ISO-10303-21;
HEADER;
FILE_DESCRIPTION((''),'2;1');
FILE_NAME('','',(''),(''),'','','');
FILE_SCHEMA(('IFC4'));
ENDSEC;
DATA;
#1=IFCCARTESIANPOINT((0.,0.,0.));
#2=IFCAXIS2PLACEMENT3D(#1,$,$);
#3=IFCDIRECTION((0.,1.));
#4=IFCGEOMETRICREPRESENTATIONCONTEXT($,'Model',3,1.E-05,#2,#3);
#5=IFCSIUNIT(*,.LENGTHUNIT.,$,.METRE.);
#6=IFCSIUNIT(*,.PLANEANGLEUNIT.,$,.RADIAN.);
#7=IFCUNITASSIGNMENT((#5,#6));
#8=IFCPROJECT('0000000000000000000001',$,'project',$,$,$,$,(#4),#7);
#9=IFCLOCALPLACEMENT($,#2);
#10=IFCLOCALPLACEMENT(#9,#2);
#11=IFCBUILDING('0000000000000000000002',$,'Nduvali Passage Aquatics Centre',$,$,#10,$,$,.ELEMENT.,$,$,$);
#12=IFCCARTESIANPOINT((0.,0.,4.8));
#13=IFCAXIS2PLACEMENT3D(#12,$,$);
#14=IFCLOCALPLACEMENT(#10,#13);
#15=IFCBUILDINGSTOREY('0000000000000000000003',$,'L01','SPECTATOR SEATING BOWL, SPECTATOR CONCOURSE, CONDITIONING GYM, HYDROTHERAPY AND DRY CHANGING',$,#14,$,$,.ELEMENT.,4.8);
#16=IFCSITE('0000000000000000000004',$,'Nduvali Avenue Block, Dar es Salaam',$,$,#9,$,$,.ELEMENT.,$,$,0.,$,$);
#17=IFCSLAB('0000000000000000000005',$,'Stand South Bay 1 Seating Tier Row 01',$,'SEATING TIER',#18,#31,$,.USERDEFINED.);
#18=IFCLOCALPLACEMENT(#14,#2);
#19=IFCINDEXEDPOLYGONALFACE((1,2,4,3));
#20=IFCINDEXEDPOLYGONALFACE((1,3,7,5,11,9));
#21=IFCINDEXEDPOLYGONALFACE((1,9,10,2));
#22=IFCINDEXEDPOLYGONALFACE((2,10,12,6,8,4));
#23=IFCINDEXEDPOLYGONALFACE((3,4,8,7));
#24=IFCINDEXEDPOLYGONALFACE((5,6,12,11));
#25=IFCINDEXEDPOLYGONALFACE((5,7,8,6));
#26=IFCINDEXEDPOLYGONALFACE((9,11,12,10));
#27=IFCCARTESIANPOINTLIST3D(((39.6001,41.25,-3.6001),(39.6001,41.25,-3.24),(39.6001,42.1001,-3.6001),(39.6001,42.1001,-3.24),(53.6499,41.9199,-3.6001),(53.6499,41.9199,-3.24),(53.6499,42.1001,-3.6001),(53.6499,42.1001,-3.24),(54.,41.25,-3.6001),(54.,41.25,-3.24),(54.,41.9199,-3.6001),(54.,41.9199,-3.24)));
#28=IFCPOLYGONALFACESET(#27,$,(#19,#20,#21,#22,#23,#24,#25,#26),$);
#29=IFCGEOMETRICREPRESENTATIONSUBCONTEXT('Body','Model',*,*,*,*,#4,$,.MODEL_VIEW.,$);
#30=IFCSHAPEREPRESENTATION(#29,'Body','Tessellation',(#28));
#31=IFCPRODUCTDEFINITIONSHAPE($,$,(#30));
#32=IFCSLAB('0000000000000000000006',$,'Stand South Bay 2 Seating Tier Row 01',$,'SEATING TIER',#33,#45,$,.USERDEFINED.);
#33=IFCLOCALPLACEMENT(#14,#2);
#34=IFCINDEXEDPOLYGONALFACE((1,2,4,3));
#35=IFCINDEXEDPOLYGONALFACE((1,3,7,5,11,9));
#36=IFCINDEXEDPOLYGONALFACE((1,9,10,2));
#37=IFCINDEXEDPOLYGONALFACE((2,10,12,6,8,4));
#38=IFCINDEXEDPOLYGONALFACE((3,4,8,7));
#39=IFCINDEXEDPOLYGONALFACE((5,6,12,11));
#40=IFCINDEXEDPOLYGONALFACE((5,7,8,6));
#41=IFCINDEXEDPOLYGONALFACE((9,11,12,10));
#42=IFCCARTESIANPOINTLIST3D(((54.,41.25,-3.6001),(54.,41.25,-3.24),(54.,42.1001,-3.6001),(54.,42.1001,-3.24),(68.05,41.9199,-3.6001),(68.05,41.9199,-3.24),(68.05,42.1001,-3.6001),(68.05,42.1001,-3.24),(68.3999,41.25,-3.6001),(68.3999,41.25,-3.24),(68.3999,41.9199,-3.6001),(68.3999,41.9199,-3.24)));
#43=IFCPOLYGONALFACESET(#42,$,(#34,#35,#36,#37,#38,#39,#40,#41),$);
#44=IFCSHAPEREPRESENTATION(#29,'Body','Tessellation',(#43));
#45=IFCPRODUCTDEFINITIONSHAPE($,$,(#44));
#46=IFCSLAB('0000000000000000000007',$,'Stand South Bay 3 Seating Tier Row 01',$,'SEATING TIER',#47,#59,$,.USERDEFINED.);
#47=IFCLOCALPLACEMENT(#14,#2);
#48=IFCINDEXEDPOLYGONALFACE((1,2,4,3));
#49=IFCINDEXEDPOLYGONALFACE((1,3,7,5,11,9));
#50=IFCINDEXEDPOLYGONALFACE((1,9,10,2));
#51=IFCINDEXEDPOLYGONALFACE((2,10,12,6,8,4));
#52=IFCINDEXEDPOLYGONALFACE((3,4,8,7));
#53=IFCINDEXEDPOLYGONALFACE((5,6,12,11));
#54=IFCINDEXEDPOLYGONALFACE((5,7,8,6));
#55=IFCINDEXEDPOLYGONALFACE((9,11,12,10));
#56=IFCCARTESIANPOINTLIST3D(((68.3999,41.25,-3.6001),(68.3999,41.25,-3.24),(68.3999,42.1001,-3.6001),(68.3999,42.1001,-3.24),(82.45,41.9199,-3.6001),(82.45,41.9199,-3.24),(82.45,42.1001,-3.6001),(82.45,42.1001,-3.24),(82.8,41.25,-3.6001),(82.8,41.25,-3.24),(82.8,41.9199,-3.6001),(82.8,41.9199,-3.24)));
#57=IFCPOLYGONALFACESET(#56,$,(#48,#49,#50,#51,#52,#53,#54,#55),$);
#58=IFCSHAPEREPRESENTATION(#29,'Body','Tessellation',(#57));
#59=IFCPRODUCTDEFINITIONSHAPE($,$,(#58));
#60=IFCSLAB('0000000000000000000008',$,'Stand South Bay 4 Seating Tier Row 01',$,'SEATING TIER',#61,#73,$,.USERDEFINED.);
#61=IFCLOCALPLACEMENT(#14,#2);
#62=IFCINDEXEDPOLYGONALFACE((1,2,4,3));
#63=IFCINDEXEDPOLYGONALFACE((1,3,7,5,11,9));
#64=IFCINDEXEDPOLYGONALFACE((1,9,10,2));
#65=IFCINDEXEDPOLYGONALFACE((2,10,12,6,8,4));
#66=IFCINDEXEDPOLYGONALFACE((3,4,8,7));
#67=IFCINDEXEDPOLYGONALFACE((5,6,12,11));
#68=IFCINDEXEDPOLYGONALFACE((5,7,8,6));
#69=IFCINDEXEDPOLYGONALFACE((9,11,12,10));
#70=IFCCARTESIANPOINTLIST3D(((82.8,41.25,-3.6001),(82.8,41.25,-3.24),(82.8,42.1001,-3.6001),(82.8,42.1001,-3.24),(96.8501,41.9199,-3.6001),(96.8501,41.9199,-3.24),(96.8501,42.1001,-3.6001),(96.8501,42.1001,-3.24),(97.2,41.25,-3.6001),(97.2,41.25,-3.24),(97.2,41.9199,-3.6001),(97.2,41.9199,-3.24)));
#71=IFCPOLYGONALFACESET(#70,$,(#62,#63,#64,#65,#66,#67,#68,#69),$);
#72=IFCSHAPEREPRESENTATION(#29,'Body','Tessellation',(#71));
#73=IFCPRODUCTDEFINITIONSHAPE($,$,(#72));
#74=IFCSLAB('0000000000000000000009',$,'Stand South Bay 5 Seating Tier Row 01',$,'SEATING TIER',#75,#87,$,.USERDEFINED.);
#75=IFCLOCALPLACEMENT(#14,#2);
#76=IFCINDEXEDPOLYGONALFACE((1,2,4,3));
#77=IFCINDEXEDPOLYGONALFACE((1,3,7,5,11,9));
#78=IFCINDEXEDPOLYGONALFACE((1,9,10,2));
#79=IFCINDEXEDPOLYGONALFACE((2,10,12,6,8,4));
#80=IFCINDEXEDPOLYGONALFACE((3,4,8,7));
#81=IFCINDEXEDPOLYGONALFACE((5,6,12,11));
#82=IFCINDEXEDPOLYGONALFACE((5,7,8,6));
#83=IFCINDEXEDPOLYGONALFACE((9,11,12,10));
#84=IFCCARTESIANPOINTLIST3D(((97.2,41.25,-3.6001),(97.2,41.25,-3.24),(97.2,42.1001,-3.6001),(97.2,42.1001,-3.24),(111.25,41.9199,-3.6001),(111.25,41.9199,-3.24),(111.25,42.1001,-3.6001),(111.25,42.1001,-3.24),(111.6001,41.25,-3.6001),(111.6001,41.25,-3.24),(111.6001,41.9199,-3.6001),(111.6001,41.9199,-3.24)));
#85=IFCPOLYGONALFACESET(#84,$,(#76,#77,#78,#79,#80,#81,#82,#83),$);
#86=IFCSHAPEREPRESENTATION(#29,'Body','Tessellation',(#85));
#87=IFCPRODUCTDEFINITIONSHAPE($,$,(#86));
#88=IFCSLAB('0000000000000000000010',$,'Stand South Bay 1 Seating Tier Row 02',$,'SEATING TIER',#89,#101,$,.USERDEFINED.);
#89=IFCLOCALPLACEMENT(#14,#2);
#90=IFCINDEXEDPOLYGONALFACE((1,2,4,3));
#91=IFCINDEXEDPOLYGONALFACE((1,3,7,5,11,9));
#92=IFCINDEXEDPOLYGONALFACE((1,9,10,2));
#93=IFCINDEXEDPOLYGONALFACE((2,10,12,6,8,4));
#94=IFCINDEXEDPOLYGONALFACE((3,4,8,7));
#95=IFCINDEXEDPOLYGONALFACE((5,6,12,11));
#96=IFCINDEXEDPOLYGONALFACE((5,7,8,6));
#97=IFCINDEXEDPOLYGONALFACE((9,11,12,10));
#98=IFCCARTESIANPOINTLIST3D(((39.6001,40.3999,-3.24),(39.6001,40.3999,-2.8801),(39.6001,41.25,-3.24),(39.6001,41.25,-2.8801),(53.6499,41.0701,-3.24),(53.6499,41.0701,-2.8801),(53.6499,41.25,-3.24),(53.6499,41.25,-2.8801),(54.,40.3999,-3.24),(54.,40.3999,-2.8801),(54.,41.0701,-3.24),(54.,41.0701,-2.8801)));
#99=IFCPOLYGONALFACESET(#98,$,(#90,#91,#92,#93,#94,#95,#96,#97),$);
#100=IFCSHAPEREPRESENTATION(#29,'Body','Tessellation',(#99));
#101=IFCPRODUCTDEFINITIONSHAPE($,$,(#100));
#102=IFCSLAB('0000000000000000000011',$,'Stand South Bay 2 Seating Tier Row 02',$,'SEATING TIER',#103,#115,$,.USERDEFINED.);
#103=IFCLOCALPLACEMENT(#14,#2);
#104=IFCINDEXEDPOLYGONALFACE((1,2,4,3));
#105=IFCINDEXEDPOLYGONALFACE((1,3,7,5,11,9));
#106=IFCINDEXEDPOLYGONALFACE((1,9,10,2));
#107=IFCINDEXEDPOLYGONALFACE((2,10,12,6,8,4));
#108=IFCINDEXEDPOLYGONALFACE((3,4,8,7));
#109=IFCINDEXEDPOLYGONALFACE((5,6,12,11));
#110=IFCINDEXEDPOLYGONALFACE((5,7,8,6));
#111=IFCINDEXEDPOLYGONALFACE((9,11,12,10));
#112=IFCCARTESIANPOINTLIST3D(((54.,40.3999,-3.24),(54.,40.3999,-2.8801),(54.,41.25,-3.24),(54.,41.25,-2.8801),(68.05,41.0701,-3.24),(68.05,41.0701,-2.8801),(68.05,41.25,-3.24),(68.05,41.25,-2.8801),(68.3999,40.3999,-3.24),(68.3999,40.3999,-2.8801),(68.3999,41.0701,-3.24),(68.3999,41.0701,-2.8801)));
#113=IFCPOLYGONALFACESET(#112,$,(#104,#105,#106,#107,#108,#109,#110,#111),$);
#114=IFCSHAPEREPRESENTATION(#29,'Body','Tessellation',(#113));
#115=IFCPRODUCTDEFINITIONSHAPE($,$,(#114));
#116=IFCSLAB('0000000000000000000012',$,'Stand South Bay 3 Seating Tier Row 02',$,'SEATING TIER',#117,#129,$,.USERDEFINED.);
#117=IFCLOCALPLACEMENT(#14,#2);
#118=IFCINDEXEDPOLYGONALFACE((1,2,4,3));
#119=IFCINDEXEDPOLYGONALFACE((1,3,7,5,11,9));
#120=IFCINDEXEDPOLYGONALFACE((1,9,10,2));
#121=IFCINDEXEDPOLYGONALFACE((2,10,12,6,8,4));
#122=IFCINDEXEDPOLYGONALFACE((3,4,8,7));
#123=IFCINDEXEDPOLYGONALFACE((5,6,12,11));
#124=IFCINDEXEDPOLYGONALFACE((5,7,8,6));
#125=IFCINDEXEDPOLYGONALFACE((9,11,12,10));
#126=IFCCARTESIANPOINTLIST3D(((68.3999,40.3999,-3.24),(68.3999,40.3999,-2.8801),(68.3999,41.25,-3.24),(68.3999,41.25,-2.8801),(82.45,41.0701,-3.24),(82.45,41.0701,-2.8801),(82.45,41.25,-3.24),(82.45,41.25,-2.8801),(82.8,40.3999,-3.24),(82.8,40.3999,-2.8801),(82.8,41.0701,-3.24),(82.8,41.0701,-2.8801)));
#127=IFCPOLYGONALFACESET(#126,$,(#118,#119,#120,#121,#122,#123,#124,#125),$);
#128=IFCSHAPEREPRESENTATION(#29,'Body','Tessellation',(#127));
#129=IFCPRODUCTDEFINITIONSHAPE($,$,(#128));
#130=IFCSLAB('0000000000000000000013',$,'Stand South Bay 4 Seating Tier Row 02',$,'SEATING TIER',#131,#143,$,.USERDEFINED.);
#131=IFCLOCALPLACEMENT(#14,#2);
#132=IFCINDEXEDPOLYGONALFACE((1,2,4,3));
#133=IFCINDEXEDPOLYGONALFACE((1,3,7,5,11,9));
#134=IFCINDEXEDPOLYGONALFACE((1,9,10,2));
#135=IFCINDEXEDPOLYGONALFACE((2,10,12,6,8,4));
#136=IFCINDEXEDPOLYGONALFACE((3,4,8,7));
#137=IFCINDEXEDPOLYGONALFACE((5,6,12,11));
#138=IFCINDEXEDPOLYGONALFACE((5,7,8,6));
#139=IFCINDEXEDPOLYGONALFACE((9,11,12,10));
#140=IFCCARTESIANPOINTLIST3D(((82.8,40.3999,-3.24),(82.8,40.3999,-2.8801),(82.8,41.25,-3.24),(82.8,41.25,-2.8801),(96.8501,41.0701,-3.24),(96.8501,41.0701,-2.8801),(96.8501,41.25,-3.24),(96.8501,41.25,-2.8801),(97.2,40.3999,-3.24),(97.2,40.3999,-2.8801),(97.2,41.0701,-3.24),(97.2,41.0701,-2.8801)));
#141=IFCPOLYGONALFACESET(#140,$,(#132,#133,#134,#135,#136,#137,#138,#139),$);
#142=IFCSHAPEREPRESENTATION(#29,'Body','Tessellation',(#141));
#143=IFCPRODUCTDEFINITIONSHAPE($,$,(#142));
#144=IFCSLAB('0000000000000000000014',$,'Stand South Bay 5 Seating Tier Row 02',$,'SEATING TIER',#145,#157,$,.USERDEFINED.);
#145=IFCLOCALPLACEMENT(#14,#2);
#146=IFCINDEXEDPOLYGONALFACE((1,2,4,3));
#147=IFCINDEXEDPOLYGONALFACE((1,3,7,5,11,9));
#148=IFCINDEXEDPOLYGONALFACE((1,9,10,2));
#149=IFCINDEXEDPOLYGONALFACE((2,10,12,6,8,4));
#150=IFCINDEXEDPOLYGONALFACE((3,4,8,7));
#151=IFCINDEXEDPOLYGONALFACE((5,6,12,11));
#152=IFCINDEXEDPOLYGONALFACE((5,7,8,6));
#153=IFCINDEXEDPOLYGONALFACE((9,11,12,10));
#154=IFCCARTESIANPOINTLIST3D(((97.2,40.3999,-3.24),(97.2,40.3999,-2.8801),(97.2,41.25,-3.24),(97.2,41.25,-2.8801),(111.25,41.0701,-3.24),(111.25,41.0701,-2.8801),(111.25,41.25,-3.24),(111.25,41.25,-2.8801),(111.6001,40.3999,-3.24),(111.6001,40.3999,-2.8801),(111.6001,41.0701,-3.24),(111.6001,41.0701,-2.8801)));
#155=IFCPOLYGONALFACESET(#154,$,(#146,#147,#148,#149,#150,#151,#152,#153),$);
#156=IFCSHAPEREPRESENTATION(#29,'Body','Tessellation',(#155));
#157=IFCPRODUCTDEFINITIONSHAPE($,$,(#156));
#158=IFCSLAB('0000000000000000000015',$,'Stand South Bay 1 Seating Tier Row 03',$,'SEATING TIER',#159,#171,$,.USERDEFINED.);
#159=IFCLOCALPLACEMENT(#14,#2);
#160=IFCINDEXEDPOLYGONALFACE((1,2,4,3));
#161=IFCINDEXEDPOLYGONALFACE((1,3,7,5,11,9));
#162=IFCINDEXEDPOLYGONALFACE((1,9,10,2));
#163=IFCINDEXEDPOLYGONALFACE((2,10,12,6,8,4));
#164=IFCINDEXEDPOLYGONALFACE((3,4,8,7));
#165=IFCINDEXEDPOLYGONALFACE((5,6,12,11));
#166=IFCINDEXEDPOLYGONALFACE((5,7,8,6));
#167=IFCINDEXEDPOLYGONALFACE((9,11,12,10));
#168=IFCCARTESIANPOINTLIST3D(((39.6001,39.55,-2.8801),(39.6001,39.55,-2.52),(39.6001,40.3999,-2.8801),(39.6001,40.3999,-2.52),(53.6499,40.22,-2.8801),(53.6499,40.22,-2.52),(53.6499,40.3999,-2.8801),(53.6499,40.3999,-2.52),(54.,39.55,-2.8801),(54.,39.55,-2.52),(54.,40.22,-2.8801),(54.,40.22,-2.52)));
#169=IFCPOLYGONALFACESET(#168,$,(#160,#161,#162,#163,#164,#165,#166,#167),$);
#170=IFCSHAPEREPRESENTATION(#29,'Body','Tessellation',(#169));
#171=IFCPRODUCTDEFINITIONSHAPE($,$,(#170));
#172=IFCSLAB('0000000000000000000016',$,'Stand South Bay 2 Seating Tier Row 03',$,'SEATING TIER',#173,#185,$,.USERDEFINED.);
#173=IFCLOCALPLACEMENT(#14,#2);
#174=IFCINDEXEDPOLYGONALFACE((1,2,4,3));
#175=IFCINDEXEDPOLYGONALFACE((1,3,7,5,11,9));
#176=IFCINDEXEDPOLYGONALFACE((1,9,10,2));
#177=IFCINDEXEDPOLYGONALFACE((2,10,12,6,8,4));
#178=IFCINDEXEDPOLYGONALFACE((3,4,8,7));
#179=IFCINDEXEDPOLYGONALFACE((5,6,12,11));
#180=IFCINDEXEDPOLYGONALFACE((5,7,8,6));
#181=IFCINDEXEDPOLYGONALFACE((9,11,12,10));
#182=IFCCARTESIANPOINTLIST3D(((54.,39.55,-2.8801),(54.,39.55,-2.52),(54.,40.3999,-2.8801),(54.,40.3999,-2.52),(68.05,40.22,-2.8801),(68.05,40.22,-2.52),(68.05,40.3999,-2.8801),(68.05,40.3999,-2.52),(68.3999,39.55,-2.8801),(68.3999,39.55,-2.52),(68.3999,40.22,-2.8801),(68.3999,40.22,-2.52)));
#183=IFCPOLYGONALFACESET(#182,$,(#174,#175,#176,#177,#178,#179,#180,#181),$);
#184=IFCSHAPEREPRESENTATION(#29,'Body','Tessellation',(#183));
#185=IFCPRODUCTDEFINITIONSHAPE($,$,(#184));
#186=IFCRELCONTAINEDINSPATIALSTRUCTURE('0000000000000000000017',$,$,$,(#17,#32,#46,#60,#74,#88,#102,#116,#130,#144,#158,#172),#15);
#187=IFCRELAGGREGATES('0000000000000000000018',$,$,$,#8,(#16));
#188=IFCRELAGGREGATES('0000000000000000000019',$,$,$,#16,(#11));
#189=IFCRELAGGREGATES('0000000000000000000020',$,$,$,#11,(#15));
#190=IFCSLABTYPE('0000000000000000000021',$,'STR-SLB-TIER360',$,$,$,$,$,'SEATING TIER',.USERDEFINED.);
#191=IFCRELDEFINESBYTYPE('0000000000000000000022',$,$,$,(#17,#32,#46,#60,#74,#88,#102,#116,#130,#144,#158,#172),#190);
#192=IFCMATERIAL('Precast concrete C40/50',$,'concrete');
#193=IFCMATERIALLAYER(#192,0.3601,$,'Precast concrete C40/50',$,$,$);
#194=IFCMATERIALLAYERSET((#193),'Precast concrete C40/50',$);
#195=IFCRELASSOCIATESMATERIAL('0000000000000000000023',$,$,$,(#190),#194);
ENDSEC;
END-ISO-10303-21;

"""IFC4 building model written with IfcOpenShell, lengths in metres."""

from ifc_helpers import new_model, si_unit, direction, frame, origin, place, context, subcontext, project, spatial, polyline, outline, extrude, material, layer, layer_set, type_object, element, save


model = new_model("IFC4")

# Units and contexts
model_context = context("Model", 3, precision=1e-05, world=origin(), true_north=direction((0.0, 1.0)))
body_context = subcontext(model_context, "Body", "Model", "MODEL_VIEW")
ifc_project = project(units=[si_unit("LENGTHUNIT", "METRE"), si_unit("PLANEANGLEUNIT", "RADIAN")], contexts=[model_context])

# Site, building, storey
site_placement = place(None, origin())
site = spatial("IfcSite", under=ifc_project, at=site_placement, Name="Nduvali Avenue Block, Dar es Salaam", CompositionType="ELEMENT", RefElevation=0.0)
building_placement = place(site_placement, origin())
building = spatial("IfcBuilding", under=site, at=building_placement, Name="Nduvali Passage Aquatics Centre", CompositionType="ELEMENT")
storey_placement = place(building_placement, frame((0.0, 0.0, 4.8)))
storey = spatial("IfcBuildingStorey", under=building, at=storey_placement, Name="L01", Description="SPECTATOR SEATING BOWL, SPECTATOR CONCOURSE, CONDITIONING GYM, HYDROTHERAPY AND DRY CHANGING", CompositionType="ELEMENT", Elevation=4.8)

# Slabs
ifc_material = material(Name="Precast concrete C40/50", Category="concrete")
ifc_layer = layer(ifc_material, 0.3601, Name="Precast concrete C40/50")
ifc_layer_set = layer_set([ifc_layer], Name="Precast concrete C40/50")
slab_type = type_object("IfcSlabType", Name="STR-SLB-TIER360", ElementType="SEATING TIER", PredefinedType="USERDEFINED", material=ifc_layer_set)
slab_1_placement = place(storey_placement, frame((0.0, 0.0, -3.6001)))
element("IfcSlab", 1, at=slab_1_placement, inside=storey, type_object=slab_type, Name="Stand South Bay 1 Seating Tier Row 01", ObjectType="SEATING TIER", PredefinedType="USERDEFINED", context=body_context, shape_type="SweptSolid", body=[
    extrude(outline(polyline([(39.6001, 41.25), (54.0, 41.25), (54.0, 41.9199), (53.6499, 41.9199), (53.6499, 42.1001), (39.6001, 42.1001), (39.6001, 41.25)])), origin(), (0.0, 0.0, 1.0), 0.3601),
])
slab_2_placement = place(storey_placement, frame((0.0, 0.0, -3.6001)))
element("IfcSlab", 2, at=slab_2_placement, inside=storey, type_object=slab_type, Name="Stand South Bay 2 Seating Tier Row 01", ObjectType="SEATING TIER", PredefinedType="USERDEFINED", context=body_context, shape_type="SweptSolid", body=[
    extrude(outline(polyline([(54.0, 41.25), (68.3999, 41.25), (68.3999, 41.9199), (68.05, 41.9199), (68.05, 42.1001), (54.0, 42.1001), (54.0, 41.25)])), origin(), (0.0, 0.0, 1.0), 0.3601),
])
slab_3_placement = place(storey_placement, frame((0.0, 0.0, -3.6001)))
element("IfcSlab", 3, at=slab_3_placement, inside=storey, type_object=slab_type, Name="Stand South Bay 3 Seating Tier Row 01", ObjectType="SEATING TIER", PredefinedType="USERDEFINED", context=body_context, shape_type="SweptSolid", body=[
    extrude(outline(polyline([(68.3999, 41.25), (82.8, 41.25), (82.8, 41.9199), (82.45, 41.9199), (82.45, 42.1001), (68.3999, 42.1001), (68.3999, 41.25)])), origin(), (0.0, 0.0, 1.0), 0.3601),
])
slab_4_placement = place(storey_placement, frame((0.0, 0.0, -3.6001)))
element("IfcSlab", 4, at=slab_4_placement, inside=storey, type_object=slab_type, Name="Stand South Bay 4 Seating Tier Row 01", ObjectType="SEATING TIER", PredefinedType="USERDEFINED", context=body_context, shape_type="SweptSolid", body=[
    extrude(outline(polyline([(82.8, 41.25), (97.2, 41.25), (97.2, 41.9199), (96.8501, 41.9199), (96.8501, 42.1001), (82.8, 42.1001), (82.8, 41.25)])), origin(), (0.0, 0.0, 1.0), 0.3601),
])
slab_5_placement = place(storey_placement, frame((0.0, 0.0, -3.6001)))
element("IfcSlab", 5, at=slab_5_placement, inside=storey, type_object=slab_type, Name="Stand South Bay 5 Seating Tier Row 01", ObjectType="SEATING TIER", PredefinedType="USERDEFINED", context=body_context, shape_type="SweptSolid", body=[
    extrude(outline(polyline([(97.2, 41.25), (111.6001, 41.25), (111.6001, 41.9199), (111.25, 41.9199), (111.25, 42.1001), (97.2, 42.1001), (97.2, 41.25)])), origin(), (0.0, 0.0, 1.0), 0.3601),
])
slab_6_placement = place(storey_placement, frame((0.0, 0.0, -3.24)))
element("IfcSlab", 6, at=slab_6_placement, inside=storey, type_object=slab_type, Name="Stand South Bay 1 Seating Tier Row 02", ObjectType="SEATING TIER", PredefinedType="USERDEFINED", context=body_context, shape_type="SweptSolid", body=[
    extrude(outline(polyline([(39.6001, 40.3999), (54.0, 40.3999), (54.0, 41.0701), (53.6499, 41.0701), (53.6499, 41.25), (39.6001, 41.25), (39.6001, 40.3999)])), origin(), (0.0, 0.0, 1.0), 0.3599),
])
slab_7_placement = place(storey_placement, frame((0.0, 0.0, -3.24)))
element("IfcSlab", 7, at=slab_7_placement, inside=storey, type_object=slab_type, Name="Stand South Bay 2 Seating Tier Row 02", ObjectType="SEATING TIER", PredefinedType="USERDEFINED", context=body_context, shape_type="SweptSolid", body=[
    extrude(outline(polyline([(54.0, 40.3999), (68.3999, 40.3999), (68.3999, 41.0701), (68.05, 41.0701), (68.05, 41.25), (54.0, 41.25), (54.0, 40.3999)])), origin(), (0.0, 0.0, 1.0), 0.3599),
])
slab_8_placement = place(storey_placement, frame((0.0, 0.0, -3.24)))
element("IfcSlab", 8, at=slab_8_placement, inside=storey, type_object=slab_type, Name="Stand South Bay 3 Seating Tier Row 02", ObjectType="SEATING TIER", PredefinedType="USERDEFINED", context=body_context, shape_type="SweptSolid", body=[
    extrude(outline(polyline([(68.3999, 40.3999), (82.8, 40.3999), (82.8, 41.0701), (82.45, 41.0701), (82.45, 41.25), (68.3999, 41.25), (68.3999, 40.3999)])), origin(), (0.0, 0.0, 1.0), 0.3599),
])
slab_9_placement = place(storey_placement, frame((0.0, 0.0, -3.24)))
element("IfcSlab", 9, at=slab_9_placement, inside=storey, type_object=slab_type, Name="Stand South Bay 4 Seating Tier Row 02", ObjectType="SEATING TIER", PredefinedType="USERDEFINED", context=body_context, shape_type="SweptSolid", body=[
    extrude(outline(polyline([(82.8, 40.3999), (97.2, 40.3999), (97.2, 41.0701), (96.8501, 41.0701), (96.8501, 41.25), (82.8, 41.25), (82.8, 40.3999)])), origin(), (0.0, 0.0, 1.0), 0.3599),
])
slab_10_placement = place(storey_placement, frame((0.0, 0.0, -3.24)))
element("IfcSlab", 10, at=slab_10_placement, inside=storey, type_object=slab_type, Name="Stand South Bay 5 Seating Tier Row 02", ObjectType="SEATING TIER", PredefinedType="USERDEFINED", context=body_context, shape_type="SweptSolid", body=[
    extrude(outline(polyline([(97.2, 40.3999), (111.6001, 40.3999), (111.6001, 41.0701), (111.25, 41.0701), (111.25, 41.25), (97.2, 41.25), (97.2, 40.3999)])), origin(), (0.0, 0.0, 1.0), 0.3599),
])
slab_11_placement = place(storey_placement, frame((0.0, 0.0, -2.8801)))
element("IfcSlab", 11, at=slab_11_placement, inside=storey, type_object=slab_type, Name="Stand South Bay 1 Seating Tier Row 03", ObjectType="SEATING TIER", PredefinedType="USERDEFINED", context=body_context, shape_type="SweptSolid", body=[
    extrude(outline(polyline([(39.6001, 39.55), (54.0, 39.55), (54.0, 40.22), (53.6499, 40.22), (53.6499, 40.3999), (39.6001, 40.3999), (39.6001, 39.55)])), origin(), (0.0, 0.0, 1.0), 0.3601),
])
slab_12_placement = place(storey_placement, frame((0.0, 0.0, -2.8801)))
element("IfcSlab", 12, at=slab_12_placement, inside=storey, type_object=slab_type, Name="Stand South Bay 2 Seating Tier Row 03", ObjectType="SEATING TIER", PredefinedType="USERDEFINED", context=body_context, shape_type="SweptSolid", body=[
    extrude(outline(polyline([(54.0, 39.55), (68.3999, 39.55), (68.3999, 40.22), (68.05, 40.22), (68.05, 40.3999), (54.0, 40.3999), (54.0, 39.55)])), origin(), (0.0, 0.0, 1.0), 0.3601),
])

save(model, "model.ifc")
